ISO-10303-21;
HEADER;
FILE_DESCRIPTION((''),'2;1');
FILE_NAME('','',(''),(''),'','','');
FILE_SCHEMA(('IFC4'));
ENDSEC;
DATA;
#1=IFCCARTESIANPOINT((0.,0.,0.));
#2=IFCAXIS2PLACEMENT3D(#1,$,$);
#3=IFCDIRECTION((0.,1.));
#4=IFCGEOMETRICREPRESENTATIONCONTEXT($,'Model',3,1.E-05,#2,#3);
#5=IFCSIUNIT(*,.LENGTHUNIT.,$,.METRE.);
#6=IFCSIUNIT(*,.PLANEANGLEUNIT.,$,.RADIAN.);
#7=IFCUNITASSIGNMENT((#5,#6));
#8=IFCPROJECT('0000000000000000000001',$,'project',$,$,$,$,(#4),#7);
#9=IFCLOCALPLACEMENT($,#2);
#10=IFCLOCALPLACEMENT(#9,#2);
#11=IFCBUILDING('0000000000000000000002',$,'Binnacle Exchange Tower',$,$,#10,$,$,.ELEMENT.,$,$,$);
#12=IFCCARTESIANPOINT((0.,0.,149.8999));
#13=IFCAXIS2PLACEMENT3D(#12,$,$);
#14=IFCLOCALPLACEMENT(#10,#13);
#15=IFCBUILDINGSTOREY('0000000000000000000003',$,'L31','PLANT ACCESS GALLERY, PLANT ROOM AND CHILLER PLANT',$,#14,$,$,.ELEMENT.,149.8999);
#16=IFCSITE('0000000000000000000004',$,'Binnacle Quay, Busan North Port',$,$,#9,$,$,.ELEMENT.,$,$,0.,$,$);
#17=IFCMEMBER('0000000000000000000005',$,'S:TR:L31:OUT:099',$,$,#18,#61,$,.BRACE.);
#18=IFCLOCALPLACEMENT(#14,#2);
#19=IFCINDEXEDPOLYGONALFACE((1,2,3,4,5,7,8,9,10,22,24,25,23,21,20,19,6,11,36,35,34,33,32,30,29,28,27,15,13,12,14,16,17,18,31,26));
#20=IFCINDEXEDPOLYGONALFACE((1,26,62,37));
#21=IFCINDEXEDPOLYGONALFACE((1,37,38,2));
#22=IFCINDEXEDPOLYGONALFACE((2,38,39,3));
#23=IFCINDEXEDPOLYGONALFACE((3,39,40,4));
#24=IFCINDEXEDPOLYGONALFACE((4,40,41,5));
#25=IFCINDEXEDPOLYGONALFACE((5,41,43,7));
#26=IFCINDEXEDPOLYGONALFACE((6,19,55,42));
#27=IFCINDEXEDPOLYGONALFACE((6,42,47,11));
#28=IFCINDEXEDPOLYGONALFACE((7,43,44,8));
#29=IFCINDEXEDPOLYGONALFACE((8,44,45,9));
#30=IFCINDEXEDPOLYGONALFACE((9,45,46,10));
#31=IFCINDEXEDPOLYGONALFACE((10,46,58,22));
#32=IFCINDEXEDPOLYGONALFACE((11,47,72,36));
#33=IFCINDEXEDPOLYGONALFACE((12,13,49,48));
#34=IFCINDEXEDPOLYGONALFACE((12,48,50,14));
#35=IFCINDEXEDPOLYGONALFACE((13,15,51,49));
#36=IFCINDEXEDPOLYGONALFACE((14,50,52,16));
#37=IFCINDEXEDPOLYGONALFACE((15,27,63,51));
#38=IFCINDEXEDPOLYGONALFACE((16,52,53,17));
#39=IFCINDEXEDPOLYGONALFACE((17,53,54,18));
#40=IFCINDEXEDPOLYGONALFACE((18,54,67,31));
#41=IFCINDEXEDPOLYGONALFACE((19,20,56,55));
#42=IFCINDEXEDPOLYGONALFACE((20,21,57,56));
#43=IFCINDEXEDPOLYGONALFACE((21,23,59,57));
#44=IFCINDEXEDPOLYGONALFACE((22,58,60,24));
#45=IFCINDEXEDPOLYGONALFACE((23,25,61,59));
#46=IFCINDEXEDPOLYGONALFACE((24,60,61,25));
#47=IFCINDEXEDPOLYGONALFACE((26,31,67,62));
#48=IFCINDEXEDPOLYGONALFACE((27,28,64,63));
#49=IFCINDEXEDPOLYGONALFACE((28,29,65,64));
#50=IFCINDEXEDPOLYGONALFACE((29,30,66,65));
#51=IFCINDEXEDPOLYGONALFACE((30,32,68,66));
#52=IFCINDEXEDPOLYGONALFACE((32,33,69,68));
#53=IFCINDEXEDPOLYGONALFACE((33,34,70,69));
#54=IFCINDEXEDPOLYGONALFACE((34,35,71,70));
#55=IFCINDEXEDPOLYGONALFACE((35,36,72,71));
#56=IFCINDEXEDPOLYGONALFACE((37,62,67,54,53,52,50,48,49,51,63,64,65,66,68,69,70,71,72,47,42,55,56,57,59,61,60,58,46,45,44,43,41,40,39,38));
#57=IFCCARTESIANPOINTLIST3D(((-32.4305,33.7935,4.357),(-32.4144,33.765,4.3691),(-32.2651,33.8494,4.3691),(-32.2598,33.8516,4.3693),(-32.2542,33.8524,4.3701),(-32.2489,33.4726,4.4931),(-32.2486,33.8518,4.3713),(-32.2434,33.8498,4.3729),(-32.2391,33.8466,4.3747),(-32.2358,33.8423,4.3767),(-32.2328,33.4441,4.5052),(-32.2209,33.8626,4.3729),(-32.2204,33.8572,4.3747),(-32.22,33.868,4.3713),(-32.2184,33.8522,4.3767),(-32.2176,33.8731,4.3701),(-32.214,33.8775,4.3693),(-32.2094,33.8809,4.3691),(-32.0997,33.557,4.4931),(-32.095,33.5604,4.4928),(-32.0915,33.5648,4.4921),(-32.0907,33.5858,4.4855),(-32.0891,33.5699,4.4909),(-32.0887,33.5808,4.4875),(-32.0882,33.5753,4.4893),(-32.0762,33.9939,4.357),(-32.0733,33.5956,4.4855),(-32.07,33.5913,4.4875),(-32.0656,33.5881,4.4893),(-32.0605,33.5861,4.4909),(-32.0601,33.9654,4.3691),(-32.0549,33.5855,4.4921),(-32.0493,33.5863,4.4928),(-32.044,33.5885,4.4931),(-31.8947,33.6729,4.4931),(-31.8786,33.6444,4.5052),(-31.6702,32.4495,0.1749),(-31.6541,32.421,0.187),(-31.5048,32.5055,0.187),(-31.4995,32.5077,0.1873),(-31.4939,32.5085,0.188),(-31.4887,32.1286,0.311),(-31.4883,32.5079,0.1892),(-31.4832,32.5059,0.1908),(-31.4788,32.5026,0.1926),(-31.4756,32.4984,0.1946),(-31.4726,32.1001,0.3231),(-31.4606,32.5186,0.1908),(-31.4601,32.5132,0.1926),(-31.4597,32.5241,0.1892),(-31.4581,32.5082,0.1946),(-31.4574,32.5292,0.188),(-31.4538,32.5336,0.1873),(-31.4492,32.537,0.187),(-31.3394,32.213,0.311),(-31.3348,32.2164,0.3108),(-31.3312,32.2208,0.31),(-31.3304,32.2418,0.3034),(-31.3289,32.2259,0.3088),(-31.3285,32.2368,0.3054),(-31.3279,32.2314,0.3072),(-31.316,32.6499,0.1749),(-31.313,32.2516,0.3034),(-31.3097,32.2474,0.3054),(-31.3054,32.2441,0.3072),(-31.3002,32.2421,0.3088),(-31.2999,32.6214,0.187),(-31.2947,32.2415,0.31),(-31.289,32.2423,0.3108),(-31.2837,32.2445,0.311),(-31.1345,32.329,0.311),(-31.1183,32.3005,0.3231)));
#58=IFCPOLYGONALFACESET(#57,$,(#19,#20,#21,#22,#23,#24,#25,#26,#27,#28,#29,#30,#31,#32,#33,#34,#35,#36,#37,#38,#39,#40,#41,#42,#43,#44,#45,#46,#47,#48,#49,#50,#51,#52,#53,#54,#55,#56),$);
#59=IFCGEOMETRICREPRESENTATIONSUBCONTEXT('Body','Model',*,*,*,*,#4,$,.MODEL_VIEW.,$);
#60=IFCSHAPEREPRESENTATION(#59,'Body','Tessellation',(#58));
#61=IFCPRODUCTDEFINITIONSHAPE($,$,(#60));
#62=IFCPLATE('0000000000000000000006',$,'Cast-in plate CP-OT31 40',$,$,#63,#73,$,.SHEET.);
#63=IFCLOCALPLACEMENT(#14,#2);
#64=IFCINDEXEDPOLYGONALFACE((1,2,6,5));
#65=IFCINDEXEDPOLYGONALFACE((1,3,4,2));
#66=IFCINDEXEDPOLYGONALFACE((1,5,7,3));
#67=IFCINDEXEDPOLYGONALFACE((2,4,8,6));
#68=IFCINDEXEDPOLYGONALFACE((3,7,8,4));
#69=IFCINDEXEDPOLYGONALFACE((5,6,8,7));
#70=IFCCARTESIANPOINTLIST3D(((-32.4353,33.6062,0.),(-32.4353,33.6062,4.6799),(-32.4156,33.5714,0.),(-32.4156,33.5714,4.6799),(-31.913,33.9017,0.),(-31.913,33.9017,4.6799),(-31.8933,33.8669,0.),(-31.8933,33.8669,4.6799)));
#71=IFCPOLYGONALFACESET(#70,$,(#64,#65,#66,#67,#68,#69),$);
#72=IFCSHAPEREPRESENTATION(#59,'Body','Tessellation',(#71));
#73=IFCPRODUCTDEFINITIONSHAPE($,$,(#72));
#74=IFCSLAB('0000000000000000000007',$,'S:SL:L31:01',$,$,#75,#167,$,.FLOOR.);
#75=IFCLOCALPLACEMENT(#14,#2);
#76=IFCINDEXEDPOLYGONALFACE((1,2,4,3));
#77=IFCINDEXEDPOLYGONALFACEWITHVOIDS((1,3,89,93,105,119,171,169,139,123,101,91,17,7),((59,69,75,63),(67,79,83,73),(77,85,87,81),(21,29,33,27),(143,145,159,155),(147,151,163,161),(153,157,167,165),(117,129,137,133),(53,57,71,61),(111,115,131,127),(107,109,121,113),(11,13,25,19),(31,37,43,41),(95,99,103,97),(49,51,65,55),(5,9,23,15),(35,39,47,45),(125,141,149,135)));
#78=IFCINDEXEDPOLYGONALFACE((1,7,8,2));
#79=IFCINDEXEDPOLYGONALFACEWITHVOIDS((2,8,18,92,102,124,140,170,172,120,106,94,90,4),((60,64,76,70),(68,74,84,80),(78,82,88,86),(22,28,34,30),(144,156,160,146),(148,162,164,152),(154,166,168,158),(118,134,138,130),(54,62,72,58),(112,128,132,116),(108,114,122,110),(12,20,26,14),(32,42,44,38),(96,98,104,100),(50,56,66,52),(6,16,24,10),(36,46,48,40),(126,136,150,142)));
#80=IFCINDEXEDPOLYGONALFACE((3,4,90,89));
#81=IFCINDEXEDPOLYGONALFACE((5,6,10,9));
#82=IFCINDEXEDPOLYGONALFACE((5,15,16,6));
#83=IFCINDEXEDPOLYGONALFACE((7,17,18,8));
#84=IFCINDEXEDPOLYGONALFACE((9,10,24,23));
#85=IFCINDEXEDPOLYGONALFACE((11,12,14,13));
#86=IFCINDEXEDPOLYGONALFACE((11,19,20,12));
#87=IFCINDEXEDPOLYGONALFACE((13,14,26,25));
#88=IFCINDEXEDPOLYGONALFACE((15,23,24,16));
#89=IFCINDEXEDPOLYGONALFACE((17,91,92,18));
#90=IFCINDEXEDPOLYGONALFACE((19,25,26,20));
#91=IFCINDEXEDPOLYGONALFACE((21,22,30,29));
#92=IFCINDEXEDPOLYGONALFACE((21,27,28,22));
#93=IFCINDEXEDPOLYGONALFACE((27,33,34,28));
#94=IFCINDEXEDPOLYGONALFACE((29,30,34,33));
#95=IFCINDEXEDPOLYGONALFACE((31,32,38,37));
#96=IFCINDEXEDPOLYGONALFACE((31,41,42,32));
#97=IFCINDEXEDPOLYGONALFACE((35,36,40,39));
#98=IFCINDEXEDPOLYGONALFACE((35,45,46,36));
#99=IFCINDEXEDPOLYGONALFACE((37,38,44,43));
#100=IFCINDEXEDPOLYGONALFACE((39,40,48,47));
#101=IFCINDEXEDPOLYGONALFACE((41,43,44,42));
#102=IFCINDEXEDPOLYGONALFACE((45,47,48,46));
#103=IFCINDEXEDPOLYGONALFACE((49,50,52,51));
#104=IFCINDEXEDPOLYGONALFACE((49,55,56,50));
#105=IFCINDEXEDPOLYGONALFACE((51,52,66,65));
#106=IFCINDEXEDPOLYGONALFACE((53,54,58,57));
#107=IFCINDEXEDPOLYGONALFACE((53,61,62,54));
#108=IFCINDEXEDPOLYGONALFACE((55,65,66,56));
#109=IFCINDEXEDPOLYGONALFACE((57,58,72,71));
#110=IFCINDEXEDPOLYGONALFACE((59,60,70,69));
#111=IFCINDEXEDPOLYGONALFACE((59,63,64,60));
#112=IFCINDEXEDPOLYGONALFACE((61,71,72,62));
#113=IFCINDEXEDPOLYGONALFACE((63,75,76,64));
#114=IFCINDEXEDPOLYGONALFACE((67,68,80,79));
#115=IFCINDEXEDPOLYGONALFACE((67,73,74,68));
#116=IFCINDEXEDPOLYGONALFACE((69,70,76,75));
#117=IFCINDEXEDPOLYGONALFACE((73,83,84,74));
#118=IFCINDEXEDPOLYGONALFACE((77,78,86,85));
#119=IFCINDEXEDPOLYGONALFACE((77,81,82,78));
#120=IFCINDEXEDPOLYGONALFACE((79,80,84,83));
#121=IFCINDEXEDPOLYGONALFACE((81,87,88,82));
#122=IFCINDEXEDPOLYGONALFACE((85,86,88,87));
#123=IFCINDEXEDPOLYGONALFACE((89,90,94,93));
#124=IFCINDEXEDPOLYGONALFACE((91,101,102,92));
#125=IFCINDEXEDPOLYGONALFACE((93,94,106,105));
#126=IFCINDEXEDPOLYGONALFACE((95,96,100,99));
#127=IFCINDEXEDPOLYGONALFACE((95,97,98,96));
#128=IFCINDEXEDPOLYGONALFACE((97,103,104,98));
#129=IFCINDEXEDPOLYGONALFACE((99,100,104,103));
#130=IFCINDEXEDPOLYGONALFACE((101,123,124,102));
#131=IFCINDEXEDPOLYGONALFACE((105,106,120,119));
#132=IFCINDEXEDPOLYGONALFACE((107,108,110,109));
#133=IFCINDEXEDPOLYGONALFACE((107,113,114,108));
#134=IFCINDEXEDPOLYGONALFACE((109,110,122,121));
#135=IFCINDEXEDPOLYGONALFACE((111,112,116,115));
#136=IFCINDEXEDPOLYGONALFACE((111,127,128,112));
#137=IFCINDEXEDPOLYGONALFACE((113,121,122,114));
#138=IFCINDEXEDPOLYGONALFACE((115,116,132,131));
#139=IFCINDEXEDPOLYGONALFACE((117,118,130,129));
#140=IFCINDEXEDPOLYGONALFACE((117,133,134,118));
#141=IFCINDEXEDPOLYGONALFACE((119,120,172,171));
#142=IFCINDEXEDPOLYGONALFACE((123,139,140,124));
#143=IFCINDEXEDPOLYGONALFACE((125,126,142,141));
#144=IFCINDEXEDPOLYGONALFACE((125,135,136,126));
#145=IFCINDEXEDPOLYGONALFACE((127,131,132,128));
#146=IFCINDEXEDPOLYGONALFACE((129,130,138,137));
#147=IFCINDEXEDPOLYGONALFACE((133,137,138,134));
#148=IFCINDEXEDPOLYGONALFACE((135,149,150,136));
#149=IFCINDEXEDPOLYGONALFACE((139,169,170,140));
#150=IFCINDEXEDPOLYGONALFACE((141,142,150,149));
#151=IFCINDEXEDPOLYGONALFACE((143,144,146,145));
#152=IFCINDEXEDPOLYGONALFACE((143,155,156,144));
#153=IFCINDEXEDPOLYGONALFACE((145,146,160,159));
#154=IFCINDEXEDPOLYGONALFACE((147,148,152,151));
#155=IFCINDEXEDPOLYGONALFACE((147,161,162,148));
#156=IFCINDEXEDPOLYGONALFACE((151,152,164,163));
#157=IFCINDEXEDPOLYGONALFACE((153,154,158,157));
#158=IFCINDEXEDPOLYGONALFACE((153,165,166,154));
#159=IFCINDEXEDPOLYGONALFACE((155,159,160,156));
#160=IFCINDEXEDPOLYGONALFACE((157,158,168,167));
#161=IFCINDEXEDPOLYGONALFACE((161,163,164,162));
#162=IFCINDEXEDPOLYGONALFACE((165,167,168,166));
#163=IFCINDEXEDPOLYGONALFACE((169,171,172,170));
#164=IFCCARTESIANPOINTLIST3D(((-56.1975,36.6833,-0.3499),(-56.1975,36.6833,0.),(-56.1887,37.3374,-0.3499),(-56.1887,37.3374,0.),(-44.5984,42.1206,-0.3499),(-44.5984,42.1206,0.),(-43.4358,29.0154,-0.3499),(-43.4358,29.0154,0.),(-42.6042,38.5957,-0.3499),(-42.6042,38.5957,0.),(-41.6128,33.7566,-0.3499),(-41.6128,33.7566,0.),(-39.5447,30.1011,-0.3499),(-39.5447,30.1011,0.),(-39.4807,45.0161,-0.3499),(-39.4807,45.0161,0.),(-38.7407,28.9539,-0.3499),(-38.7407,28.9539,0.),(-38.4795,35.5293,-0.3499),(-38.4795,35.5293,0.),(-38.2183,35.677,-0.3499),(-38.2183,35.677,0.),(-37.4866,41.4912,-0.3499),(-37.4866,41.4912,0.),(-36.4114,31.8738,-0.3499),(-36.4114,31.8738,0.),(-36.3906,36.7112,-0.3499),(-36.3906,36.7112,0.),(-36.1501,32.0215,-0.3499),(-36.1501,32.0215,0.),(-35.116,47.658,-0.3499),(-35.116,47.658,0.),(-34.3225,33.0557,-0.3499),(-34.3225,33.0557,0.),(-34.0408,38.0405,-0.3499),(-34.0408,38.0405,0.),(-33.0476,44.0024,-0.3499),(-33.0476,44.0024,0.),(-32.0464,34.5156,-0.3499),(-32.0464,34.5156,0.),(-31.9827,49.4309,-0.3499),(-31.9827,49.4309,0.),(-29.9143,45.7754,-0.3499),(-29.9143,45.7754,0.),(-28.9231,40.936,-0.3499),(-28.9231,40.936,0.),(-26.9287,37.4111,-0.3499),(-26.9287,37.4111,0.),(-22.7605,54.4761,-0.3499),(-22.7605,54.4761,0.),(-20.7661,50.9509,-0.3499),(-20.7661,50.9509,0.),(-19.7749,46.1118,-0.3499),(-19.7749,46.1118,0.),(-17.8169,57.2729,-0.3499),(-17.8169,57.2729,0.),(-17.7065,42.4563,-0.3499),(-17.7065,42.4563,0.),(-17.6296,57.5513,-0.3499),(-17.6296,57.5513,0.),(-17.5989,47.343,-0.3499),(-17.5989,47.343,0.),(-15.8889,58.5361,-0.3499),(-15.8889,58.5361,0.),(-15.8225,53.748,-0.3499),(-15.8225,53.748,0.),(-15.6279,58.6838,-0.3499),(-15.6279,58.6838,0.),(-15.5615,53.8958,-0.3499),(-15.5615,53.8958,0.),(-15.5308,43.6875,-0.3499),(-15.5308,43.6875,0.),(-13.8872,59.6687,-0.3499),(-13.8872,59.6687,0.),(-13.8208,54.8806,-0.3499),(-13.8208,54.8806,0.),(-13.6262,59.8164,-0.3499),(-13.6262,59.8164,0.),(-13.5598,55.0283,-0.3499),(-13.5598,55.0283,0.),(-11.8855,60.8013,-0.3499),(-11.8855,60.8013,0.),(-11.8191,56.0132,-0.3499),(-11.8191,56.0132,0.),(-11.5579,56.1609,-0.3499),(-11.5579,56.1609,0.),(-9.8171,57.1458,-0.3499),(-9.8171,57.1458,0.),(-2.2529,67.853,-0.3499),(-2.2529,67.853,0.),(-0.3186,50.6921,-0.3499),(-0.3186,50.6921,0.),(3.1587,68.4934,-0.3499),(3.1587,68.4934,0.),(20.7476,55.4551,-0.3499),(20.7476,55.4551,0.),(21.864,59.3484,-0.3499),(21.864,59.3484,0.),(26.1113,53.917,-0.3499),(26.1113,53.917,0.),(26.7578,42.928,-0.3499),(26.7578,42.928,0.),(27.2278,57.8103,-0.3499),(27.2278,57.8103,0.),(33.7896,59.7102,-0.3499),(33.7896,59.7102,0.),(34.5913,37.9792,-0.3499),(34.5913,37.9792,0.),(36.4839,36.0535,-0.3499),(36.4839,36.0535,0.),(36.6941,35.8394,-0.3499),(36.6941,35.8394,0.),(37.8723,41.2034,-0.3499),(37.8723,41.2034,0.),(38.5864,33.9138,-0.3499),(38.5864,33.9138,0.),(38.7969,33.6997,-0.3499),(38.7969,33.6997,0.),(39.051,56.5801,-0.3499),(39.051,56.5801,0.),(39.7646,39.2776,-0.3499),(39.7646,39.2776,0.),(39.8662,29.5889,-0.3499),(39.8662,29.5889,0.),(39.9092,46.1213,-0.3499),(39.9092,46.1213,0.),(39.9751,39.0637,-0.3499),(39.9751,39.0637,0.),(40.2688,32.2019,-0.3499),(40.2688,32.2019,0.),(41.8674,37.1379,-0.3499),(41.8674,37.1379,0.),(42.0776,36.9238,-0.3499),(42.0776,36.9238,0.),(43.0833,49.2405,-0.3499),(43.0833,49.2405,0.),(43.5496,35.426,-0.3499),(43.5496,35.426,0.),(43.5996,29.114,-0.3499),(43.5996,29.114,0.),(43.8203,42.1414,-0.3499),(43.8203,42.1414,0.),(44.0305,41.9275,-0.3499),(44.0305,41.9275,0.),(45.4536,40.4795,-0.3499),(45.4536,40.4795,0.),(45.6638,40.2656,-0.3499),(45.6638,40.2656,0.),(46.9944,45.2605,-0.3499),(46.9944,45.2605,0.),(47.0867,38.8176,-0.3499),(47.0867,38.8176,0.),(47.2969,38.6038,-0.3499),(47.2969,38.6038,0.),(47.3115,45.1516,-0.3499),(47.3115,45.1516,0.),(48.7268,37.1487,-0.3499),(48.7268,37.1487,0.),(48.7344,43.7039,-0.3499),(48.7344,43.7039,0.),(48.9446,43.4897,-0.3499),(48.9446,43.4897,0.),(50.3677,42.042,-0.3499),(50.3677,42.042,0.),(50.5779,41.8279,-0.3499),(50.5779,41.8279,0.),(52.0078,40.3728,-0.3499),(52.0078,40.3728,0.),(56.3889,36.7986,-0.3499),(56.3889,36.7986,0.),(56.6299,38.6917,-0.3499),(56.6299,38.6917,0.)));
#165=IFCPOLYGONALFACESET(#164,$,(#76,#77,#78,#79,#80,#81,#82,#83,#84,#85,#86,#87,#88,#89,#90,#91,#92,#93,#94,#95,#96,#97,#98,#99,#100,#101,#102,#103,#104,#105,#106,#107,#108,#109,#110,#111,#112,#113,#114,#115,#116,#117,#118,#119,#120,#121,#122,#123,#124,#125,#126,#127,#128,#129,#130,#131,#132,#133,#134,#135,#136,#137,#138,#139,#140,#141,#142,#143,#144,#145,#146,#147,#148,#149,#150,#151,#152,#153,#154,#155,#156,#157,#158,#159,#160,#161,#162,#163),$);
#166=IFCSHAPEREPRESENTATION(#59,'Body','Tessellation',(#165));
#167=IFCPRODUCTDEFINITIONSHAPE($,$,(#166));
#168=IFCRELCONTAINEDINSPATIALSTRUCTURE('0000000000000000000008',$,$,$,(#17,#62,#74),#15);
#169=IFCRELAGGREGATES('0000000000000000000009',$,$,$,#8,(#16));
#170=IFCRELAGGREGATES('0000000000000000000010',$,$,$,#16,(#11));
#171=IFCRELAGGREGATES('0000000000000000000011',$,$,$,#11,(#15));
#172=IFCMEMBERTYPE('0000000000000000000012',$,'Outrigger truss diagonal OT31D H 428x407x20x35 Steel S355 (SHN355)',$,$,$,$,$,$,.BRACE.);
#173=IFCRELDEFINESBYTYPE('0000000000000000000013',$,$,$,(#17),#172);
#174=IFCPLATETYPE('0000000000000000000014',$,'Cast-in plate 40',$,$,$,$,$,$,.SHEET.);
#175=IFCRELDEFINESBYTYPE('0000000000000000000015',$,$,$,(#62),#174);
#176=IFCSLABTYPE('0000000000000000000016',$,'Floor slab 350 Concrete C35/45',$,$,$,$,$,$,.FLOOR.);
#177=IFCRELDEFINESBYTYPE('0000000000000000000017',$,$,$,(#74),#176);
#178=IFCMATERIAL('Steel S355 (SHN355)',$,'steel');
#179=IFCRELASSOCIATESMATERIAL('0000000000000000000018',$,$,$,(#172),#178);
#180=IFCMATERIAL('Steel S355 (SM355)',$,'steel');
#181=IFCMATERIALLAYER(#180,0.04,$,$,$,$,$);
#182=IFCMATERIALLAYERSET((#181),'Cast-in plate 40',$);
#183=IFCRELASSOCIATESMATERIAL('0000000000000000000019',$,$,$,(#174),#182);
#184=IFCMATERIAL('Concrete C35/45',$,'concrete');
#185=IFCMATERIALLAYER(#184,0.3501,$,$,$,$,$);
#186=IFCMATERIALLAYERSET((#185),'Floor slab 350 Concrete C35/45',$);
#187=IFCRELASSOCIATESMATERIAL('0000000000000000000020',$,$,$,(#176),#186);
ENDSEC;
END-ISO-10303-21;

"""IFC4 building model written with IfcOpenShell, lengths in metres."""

from ifc_helpers import new_model, si_unit, direction, frame, origin, origin_2d, place, context, subcontext, project, spatial, polyline, rectangle, i_section, outline, extrude, material, layer, layer_set, material_profile, profile_set, type_object, element, save


model = new_model("IFC4")

# Units and contexts
model_context = context("Model", 3, precision=1e-05, world=origin(), true_north=direction((0.0, 1.0)))
body_context = subcontext(model_context, "Body", "Model", "MODEL_VIEW")
ifc_project = project(units=[si_unit("LENGTHUNIT", "METRE"), si_unit("PLANEANGLEUNIT", "RADIAN")], contexts=[model_context])

# Site, building, storey
site_placement = place(None, origin())
site = spatial("IfcSite", under=ifc_project, at=site_placement, Name="Binnacle Quay, Busan North Port", CompositionType="ELEMENT", RefElevation=0.0)
building_placement = place(site_placement, origin())
building = spatial("IfcBuilding", under=site, at=building_placement, Name="Binnacle Exchange Tower", CompositionType="ELEMENT")
storey_placement = place(building_placement, frame((0.0, 0.0, 149.8999)))
storey = spatial("IfcBuildingStorey", under=building, at=storey_placement, Name="L31", Description="PLANT ACCESS GALLERY, PLANT ROOM AND CHILLER PLANT", CompositionType="ELEMENT", Elevation=149.8999)

# Shared definitions
ifc_material_1 = material(Name="Steel S355 (SHN355)", Category="steel")

# Member
ifc_material_profile_1 = material_profile(ifc_material_1, i_section(OverallWidth=0.407, OverallDepth=0.428, WebThickness=0.02, FlangeThickness=0.0349, FilletRadius=0.022, at=origin_2d()), Name="H 428x407x20x35")
ifc_profile_set_1 = profile_set([ifc_material_profile_1], Name="Steel S355 (SHN355)")
member_type_1 = type_object("IfcMemberType", Name="Outrigger truss diagonal OT31D H 428x407x20x35 Steel S355 (SHN355)", PredefinedType="BRACE", material=ifc_profile_set_1)
member_1_placement = place(storey_placement, frame((-31.3943, 32.375, 0.249), z_axis=(-0.170534, 0.301474, 0.9381), x_axis=(-0.870395, -0.492354, 0.0)))
element("IfcMember", 1, at=member_1_placement, inside=storey, type_object=member_type_1, Name="S:TR:L31:OUT:099", PredefinedType="BRACE", context=body_context, shape_type="SweptSolid", body=[
    extrude(i_section(OverallWidth=0.407, OverallDepth=0.428, WebThickness=0.02, FlangeThickness=0.0349, FilletRadius=0.022, at=origin_2d()), origin(), (0.0, 0.0, 1.0), 4.458),
])

# Plate
ifc_material_2 = material(Name="Steel S355 (SM355)", Category="steel")
ifc_layer_1 = layer(ifc_material_2, 0.04)
ifc_layer_set_1 = layer_set([ifc_layer_1], Name="Cast-in plate 40")
plate_type = type_object("IfcPlateType", Name="Cast-in plate 40", PredefinedType="SHEET", material=ifc_layer_set_1)
plate_placement = place(storey_placement, frame((-32.1643, 33.7366, 0.0), z_axis=(0.0, 0.0, 1.0), x_axis=(-0.492424, 0.870356, 0.0)))
element("IfcPlate", 2, at=plate_placement, inside=storey, type_object=plate_type, Name="Cast-in plate CP-OT31 40", PredefinedType="SHEET", context=body_context, shape_type="SweptSolid", body=[
    extrude(rectangle(XDim=0.04, YDim=0.6001, at=origin_2d()), origin(), (0.0, 0.0, 1.0), 4.6799),
])

# Slab
ifc_material_3 = material(Name="Concrete C35/45", Category="concrete")
ifc_layer_2 = layer(ifc_material_3, 0.3501)
ifc_layer_set_2 = layer_set([ifc_layer_2], Name="Floor slab 350 Concrete C35/45")
slab_type_1 = type_object("IfcSlabType", Name="Floor slab 350 Concrete C35/45", PredefinedType="FLOOR", material=ifc_layer_set_2)
slab_1_placement = place(storey_placement, frame((0.0, 0.0, -0.3499)))
element("IfcSlab", 3, at=slab_1_placement, inside=storey, type_object=slab_type_1, Name="S:SL:L31:01", PredefinedType="FLOOR", context=body_context, shape_type="SweptSolid", body=[
    extrude(outline(polyline([(56.6299, 38.6917), (56.3889, 36.7986), (43.5996, 29.114), (39.8662, 29.5889), (26.7578, 42.928), (-0.3186, 50.6921), (-38.7407, 28.9539), (-43.4358, 29.0154), (-56.1975, 36.6833), (-56.1887, 37.3374), (-2.2529, 67.853), (3.1587, 68.4934), (33.7896, 59.7102), (39.051, 56.5801), (56.6299, 38.6917)]), holes=[polyline([(-36.4114, 31.8738), (-38.4795, 35.5293), (-41.6128, 33.7566), (-39.5447, 30.1011), (-36.4114, 31.8738)]), polyline([(-34.3225, 33.0557), (-36.3906, 36.7112), (-38.2183, 35.677), (-36.1501, 32.0215), (-34.3225, 33.0557)]), polyline([(-34.0408, 38.0405), (-32.0464, 34.5156), (-26.9287, 37.4111), (-28.9231, 40.936), (-34.0408, 38.0405)]), polyline([(-37.4866, 41.4912), (-39.4807, 45.0161), (-44.5984, 42.1206), (-42.6042, 38.5957), (-37.4866, 41.4912)]), polyline([(-15.5308, 43.6875), (-17.5989, 47.343), (-19.7749, 46.1118), (-17.7065, 42.4563), (-15.5308, 43.6875)]), polyline([(-29.9143, 45.7754), (-31.9827, 49.4309), (-35.116, 47.658), (-33.0476, 44.0024), (-29.9143, 45.7754)]), polyline([(-15.8225, 53.748), (-17.8169, 57.2729), (-22.7605, 54.4761), (-20.7661, 50.9509), (-15.8225, 53.748)]), polyline([(-15.5615, 53.8958), (-13.8208, 54.8806), (-15.8889, 58.5361), (-17.6296, 57.5513), (-15.5615, 53.8958)]), polyline([(-13.5598, 55.0283), (-11.8191, 56.0132), (-13.8872, 59.6687), (-15.6279, 58.6838), (-13.5598, 55.0283)]), polyline([(40.2688, 32.2019), (43.5496, 35.426), (42.0776, 36.9238), (38.7969, 33.6997), (40.2688, 32.2019)]), polyline([(38.5864, 33.9138), (41.8674, 37.1379), (39.9751, 39.0637), (36.6941, 35.8394), (38.5864, 33.9138)]), polyline([(36.4839, 36.0535), (39.7646, 39.2776), (37.8723, 41.2034), (34.5913, 37.9792), (36.4839, 36.0535)]), polyline([(48.7268, 37.1487), (52.0078, 40.3728), (50.5779, 41.8279), (47.2969, 38.6038), (48.7268, 37.1487)]), polyline([(47.0867, 38.8176), (50.3677, 42.042), (48.9446, 43.4897), (45.6638, 40.2656), (47.0867, 38.8176)]), polyline([(45.4536, 40.4795), (48.7344, 43.7039), (47.3115, 45.1516), (44.0305, 41.9275), (45.4536, 40.4795)]), polyline([(43.8203, 42.1414), (46.9944, 45.2605), (43.0833, 49.2405), (39.9092, 46.1213), (43.8203, 42.1414)]), polyline([(20.7476, 55.4551), (26.1113, 53.917), (27.2278, 57.8103), (21.864, 59.3484), (20.7476, 55.4551)]), polyline([(-11.5579, 56.1609), (-9.8171, 57.1458), (-11.8855, 60.8013), (-13.6262, 59.8164), (-11.5579, 56.1609)])]), origin(), (0.0, 0.0, 1.0), 0.3499),
])

save(model, "model.ifc")
